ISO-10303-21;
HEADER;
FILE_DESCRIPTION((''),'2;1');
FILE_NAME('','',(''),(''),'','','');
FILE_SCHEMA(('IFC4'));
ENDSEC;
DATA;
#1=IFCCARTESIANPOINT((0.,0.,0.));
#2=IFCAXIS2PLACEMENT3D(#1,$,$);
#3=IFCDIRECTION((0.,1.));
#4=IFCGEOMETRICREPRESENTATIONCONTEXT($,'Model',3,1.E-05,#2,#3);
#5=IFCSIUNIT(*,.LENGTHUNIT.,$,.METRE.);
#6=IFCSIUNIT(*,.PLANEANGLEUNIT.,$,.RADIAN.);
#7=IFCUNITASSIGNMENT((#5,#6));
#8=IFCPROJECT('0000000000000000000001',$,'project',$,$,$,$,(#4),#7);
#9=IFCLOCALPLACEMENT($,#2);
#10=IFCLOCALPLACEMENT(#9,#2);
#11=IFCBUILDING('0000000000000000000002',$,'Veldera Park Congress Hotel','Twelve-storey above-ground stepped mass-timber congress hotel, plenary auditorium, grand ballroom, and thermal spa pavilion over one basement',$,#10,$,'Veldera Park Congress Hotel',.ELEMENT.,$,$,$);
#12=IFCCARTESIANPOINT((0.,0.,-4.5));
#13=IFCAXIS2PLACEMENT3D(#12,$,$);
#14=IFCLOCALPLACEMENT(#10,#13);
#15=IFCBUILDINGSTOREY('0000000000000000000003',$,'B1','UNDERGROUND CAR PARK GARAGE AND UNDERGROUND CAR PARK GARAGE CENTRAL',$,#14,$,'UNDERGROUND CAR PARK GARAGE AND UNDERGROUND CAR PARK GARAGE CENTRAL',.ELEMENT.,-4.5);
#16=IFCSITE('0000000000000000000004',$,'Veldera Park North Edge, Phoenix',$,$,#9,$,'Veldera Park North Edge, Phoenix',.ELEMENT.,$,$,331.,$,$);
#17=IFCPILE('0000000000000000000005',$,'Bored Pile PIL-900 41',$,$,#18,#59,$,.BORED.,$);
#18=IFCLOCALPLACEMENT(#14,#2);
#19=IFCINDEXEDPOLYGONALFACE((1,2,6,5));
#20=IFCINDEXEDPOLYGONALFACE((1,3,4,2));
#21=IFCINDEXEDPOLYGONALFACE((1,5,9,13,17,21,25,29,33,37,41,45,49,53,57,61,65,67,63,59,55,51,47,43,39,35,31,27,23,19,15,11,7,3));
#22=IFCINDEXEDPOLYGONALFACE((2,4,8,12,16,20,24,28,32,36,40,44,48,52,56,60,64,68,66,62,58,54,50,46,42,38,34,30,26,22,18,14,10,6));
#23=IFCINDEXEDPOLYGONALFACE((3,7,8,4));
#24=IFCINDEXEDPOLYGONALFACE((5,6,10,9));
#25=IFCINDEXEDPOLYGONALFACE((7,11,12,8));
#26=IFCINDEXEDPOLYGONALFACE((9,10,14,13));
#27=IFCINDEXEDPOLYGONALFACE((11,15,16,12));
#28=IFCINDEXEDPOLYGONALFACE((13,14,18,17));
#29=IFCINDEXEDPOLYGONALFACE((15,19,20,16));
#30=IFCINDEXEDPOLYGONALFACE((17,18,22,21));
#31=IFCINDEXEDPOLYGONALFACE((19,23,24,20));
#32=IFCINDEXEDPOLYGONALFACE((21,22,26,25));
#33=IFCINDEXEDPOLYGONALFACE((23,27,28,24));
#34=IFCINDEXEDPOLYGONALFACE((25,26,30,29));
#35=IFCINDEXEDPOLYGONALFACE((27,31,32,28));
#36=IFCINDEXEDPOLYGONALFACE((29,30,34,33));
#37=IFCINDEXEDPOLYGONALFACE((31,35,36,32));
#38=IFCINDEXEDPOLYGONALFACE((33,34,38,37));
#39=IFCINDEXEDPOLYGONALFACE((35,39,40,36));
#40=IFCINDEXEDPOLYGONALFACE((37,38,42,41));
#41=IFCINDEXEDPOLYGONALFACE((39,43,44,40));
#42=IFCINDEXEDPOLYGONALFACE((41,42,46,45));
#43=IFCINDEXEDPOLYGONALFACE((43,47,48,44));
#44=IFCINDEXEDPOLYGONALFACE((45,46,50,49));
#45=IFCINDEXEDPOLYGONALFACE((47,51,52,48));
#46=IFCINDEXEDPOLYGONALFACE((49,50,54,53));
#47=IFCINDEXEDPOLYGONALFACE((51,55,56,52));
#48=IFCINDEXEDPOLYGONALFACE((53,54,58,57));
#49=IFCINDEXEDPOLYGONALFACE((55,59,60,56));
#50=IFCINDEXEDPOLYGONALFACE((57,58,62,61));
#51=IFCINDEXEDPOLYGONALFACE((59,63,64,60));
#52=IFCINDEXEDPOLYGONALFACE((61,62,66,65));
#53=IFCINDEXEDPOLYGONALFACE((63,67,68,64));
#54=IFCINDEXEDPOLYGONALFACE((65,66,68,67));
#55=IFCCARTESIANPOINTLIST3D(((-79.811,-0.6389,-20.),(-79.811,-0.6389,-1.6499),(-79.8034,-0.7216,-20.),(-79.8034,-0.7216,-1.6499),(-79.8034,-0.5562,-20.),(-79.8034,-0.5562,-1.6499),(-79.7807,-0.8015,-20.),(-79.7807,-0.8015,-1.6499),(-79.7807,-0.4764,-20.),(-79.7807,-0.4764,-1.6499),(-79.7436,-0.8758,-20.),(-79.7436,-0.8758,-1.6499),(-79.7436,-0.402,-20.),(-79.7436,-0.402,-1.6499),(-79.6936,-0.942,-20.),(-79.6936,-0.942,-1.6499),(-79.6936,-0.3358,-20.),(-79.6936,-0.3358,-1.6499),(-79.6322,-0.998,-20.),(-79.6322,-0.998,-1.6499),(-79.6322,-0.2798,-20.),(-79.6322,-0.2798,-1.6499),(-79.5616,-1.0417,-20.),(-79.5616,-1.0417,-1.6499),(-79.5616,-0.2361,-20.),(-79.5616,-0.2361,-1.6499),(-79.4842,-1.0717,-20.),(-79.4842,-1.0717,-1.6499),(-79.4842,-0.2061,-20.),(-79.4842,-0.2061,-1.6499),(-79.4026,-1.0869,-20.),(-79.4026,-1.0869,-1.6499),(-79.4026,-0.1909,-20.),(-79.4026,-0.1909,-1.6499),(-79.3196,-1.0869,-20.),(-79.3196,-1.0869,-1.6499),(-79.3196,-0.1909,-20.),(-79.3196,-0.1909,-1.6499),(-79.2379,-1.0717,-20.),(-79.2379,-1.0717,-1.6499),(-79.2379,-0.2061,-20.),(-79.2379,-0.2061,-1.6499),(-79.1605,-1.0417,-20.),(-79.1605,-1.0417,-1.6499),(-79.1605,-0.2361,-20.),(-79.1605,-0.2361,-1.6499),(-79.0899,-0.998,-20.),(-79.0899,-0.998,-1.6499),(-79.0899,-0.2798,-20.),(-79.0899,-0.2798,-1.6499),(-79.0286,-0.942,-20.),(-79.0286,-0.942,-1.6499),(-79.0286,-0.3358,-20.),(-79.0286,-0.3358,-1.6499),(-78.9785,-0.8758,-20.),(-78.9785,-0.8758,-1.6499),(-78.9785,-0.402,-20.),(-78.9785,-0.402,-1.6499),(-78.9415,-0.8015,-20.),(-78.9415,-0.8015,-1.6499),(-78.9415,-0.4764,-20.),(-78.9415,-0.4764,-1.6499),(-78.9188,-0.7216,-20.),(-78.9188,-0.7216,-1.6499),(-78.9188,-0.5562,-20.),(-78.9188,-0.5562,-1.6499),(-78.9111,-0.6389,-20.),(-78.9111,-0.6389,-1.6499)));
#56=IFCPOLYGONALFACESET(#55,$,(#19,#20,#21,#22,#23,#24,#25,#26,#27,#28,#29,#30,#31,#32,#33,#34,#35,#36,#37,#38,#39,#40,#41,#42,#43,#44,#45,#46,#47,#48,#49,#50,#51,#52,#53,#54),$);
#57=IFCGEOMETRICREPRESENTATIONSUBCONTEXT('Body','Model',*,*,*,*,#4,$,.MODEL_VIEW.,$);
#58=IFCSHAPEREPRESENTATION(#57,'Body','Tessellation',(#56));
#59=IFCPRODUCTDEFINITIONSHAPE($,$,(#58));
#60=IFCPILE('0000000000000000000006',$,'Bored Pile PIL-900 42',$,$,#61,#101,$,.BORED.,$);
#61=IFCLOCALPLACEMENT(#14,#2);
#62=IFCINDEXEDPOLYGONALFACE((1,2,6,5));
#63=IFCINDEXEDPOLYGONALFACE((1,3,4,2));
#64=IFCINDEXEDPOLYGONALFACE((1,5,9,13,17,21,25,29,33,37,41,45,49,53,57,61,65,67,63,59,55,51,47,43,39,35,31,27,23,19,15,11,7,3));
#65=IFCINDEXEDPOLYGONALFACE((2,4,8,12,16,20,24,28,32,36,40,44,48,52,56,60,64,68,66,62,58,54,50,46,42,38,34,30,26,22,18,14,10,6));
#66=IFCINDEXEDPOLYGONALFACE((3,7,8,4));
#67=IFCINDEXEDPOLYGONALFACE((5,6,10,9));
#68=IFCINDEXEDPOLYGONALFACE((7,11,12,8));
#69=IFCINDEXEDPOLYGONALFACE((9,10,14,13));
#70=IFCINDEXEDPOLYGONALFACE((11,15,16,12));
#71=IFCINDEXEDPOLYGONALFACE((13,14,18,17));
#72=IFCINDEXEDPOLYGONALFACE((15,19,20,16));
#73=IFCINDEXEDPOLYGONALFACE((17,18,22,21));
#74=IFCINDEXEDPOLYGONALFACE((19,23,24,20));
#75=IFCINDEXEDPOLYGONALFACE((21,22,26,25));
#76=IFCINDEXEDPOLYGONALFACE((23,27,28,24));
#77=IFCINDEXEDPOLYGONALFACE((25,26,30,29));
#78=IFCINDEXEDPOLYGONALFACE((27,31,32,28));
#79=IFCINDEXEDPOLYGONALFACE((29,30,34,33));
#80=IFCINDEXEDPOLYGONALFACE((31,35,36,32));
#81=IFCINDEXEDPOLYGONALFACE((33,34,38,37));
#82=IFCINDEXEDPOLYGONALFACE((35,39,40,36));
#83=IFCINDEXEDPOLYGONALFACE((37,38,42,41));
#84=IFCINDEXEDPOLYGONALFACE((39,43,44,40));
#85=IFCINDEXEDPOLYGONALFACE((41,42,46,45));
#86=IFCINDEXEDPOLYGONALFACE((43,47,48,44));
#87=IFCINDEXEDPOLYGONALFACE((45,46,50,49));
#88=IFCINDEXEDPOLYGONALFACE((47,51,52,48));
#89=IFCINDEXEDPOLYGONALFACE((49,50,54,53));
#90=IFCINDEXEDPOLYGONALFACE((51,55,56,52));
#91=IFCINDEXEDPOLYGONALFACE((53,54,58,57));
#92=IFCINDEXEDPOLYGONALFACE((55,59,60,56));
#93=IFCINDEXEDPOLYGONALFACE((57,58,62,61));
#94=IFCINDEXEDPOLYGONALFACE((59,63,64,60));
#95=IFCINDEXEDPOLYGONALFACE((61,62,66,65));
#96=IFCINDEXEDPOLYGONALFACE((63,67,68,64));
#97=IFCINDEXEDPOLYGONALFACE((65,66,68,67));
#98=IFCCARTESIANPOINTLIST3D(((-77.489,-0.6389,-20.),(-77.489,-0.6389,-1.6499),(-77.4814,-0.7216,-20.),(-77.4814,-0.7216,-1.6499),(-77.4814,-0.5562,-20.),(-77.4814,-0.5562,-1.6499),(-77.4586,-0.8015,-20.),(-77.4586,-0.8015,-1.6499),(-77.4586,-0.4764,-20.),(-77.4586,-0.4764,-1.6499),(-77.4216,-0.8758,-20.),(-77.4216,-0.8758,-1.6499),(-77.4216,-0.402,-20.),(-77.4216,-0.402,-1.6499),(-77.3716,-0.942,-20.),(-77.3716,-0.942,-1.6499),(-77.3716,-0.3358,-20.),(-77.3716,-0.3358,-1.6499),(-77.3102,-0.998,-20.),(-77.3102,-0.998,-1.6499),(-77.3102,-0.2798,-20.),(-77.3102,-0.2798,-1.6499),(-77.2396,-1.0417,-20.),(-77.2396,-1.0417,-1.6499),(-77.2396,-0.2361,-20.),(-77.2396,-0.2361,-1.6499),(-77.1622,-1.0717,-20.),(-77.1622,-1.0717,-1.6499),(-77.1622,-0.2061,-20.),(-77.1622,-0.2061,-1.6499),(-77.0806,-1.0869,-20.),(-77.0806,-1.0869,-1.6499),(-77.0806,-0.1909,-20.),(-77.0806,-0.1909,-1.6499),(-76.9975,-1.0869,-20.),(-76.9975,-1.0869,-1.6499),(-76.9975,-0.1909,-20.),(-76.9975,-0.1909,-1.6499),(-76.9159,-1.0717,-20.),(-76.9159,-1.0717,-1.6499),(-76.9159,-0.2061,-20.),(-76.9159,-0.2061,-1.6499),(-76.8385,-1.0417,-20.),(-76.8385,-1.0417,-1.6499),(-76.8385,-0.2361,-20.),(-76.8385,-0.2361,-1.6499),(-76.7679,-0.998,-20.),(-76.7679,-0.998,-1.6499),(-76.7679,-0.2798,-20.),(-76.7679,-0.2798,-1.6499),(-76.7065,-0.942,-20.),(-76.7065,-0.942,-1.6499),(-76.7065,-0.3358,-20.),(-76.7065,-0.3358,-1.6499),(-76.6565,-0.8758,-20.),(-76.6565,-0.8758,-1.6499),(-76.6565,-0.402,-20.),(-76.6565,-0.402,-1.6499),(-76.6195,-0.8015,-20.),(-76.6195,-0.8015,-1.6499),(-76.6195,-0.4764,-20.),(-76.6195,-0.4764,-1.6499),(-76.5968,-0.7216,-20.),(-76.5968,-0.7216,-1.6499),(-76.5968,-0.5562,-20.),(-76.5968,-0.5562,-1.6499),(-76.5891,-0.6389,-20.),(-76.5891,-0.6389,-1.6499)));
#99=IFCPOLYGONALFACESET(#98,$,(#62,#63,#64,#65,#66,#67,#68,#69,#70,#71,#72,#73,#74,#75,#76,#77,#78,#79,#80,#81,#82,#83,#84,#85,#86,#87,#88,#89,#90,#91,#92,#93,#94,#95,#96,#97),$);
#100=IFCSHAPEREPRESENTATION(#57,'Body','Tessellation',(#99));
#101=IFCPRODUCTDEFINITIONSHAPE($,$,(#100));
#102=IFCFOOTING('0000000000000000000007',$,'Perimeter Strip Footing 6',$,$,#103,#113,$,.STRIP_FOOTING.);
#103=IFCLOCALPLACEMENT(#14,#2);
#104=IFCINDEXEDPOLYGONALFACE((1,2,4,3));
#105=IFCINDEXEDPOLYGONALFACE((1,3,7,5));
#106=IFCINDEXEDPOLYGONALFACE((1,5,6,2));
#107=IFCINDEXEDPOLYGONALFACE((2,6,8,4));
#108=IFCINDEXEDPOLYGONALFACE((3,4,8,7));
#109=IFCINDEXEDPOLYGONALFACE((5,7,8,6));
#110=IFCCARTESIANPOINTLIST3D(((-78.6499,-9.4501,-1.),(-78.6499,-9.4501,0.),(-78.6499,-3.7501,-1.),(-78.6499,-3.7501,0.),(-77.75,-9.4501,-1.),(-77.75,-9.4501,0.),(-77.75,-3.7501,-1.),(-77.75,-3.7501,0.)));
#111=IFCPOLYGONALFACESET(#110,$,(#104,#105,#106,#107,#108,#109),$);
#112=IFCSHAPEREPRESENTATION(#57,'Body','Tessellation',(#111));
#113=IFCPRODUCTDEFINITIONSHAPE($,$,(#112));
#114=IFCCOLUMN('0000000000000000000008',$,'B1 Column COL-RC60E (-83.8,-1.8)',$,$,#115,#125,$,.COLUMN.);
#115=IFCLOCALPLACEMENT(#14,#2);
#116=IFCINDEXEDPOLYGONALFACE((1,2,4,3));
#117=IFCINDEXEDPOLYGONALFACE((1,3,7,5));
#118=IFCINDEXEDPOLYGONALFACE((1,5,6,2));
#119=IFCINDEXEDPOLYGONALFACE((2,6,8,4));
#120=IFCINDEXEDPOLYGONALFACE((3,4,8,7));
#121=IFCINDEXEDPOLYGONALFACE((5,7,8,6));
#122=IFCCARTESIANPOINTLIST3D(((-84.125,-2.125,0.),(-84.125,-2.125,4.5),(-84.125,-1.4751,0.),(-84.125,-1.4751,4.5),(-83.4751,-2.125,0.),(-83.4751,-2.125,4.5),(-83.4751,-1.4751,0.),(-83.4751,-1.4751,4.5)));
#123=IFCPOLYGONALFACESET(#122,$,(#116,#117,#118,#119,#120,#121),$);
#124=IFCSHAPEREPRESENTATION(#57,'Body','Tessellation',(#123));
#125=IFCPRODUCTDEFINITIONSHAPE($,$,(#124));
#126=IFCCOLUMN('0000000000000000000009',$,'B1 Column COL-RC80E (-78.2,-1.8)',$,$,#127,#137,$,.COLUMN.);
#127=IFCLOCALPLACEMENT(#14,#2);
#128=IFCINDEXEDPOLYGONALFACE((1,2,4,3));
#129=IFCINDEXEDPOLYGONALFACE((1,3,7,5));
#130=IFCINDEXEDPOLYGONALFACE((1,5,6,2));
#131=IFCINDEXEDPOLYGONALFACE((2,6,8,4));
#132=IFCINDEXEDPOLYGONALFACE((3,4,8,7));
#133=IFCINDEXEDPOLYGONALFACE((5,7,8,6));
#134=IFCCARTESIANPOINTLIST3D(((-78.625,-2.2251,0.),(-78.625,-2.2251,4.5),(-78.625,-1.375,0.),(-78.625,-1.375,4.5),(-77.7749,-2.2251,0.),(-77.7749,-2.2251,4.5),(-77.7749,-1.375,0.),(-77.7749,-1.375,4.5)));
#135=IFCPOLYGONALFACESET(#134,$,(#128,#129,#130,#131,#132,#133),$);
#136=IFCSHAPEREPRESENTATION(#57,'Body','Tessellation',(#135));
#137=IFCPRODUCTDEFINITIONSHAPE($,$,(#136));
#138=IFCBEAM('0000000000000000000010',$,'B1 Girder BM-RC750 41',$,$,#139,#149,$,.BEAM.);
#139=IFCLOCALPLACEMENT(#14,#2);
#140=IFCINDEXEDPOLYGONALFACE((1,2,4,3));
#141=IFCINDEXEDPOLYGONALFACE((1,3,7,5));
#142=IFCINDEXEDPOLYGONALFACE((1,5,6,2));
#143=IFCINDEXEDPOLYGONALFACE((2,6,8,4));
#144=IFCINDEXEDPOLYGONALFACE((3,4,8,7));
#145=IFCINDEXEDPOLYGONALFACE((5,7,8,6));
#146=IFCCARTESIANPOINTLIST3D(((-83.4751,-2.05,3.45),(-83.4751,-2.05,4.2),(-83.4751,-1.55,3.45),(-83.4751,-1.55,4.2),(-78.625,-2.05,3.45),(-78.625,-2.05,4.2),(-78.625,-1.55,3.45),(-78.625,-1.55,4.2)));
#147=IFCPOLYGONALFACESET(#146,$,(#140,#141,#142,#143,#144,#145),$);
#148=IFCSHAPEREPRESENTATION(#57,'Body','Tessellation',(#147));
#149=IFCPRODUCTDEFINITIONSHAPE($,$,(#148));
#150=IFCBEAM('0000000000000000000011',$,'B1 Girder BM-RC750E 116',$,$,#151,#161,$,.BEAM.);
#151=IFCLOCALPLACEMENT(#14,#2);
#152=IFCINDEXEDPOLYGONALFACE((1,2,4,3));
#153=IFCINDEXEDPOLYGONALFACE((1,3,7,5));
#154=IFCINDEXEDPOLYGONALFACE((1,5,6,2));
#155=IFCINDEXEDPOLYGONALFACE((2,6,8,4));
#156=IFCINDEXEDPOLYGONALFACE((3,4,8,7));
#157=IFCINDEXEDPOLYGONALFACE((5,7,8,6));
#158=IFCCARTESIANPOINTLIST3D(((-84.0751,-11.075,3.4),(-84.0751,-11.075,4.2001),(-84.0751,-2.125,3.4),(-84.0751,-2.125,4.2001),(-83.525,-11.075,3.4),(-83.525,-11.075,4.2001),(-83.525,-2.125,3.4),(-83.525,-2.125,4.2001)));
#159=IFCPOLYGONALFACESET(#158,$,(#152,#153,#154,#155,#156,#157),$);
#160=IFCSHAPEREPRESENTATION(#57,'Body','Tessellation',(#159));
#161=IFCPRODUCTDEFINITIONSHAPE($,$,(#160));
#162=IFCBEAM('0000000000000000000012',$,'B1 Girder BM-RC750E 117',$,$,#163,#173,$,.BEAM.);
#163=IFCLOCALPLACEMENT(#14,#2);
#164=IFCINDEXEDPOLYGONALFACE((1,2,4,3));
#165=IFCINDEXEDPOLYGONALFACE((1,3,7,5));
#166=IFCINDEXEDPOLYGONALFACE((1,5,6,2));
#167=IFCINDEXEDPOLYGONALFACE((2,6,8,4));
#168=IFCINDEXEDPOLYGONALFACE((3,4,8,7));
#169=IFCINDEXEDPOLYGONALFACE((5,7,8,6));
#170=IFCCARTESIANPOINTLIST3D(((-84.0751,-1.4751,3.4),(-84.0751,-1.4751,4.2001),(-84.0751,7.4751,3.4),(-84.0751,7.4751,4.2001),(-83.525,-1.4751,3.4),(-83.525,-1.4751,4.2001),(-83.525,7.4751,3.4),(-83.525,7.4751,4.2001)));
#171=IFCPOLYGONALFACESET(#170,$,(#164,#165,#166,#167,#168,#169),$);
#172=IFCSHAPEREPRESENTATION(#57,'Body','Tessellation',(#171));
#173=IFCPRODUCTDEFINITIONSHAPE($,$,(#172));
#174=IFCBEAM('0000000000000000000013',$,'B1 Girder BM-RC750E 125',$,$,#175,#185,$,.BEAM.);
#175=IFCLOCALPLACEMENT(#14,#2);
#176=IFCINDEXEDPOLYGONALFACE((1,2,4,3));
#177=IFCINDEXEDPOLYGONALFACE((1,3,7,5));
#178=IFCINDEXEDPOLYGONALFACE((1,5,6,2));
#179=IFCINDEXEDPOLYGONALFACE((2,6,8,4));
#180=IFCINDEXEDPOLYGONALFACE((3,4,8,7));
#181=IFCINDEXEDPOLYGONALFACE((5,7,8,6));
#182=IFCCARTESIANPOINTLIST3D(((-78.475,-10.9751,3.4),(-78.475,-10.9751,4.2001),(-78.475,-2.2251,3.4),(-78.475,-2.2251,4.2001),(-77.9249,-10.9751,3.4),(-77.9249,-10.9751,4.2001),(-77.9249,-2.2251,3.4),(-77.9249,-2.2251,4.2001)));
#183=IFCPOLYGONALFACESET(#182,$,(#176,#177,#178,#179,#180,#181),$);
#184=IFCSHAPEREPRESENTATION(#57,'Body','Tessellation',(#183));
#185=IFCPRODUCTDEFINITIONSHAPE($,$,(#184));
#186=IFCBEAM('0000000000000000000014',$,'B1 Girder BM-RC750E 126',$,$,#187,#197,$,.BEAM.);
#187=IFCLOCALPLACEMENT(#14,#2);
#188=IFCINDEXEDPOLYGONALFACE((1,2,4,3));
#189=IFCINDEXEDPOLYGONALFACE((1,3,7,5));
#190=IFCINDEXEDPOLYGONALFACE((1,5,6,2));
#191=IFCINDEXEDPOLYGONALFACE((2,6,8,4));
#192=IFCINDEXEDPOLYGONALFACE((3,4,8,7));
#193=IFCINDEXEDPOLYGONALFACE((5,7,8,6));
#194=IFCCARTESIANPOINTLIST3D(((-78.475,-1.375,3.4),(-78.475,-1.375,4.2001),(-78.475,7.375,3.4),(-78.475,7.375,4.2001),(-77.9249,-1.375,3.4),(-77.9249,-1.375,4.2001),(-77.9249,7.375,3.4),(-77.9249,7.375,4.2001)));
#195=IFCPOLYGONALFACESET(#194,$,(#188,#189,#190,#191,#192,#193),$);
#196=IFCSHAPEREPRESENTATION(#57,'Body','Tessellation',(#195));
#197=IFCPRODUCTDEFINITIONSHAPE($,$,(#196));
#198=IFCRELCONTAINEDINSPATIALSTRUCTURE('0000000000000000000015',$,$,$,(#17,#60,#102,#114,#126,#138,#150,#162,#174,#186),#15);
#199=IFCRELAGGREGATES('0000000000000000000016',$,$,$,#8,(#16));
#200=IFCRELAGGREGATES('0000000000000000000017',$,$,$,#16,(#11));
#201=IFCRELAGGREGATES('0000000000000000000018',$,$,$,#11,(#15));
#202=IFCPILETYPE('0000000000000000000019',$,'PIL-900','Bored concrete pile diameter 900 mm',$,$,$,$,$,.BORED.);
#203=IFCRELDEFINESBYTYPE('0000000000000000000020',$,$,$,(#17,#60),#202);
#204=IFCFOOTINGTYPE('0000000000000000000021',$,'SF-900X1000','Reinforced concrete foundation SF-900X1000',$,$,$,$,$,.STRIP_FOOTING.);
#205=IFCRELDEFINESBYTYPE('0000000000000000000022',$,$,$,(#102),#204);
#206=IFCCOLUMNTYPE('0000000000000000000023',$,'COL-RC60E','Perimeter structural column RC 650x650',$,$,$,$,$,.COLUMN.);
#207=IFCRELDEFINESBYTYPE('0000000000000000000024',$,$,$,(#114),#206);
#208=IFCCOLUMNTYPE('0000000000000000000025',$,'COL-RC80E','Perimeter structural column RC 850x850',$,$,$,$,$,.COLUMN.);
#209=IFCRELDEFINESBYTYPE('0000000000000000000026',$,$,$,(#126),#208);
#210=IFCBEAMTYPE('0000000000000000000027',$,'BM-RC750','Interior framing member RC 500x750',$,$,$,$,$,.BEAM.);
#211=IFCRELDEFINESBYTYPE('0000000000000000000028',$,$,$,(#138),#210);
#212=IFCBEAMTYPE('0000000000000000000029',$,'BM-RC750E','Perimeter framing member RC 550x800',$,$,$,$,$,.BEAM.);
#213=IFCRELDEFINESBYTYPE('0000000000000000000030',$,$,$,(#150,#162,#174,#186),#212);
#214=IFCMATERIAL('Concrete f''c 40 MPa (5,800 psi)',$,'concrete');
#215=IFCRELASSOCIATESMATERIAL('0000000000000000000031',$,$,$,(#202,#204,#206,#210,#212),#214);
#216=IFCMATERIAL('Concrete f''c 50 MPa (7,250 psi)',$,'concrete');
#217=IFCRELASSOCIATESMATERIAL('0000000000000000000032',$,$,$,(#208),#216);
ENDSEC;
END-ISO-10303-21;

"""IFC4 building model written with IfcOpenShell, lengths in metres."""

from ifc_helpers import new_model, si_unit, direction, frame, origin, origin_2d, place, context, subcontext, project, spatial, rectangle, circle, extrude, material, material_profile, profile_set, type_object, element, save


model = new_model("IFC4")

# Units and contexts
model_context = context("Model", 3, precision=1e-05, world=origin(), true_north=direction((0.0, 1.0)))
body_context = subcontext(model_context, "Body", "Model", "MODEL_VIEW")
ifc_project = project(units=[si_unit("LENGTHUNIT", "METRE"), si_unit("PLANEANGLEUNIT", "RADIAN")], contexts=[model_context])

# Site, building, storey
site_placement = place(None, origin())
site = spatial("IfcSite", under=ifc_project, at=site_placement, Name="Veldera Park North Edge, Phoenix", LongName="Veldera Park North Edge, Phoenix", CompositionType="ELEMENT", RefElevation=331.0)
building_placement = place(site_placement, origin())
building = spatial("IfcBuilding", under=site, at=building_placement, Name="Veldera Park Congress Hotel", Description="Twelve-storey above-ground stepped mass-timber congress hotel, plenary auditorium, grand ballroom, and thermal spa pavilion over one basement", LongName="Veldera Park Congress Hotel", CompositionType="ELEMENT")
storey_placement = place(building_placement, frame((0.0, 0.0, -4.5)))
storey = spatial("IfcBuildingStorey", under=building, at=storey_placement, Name="B1", Description="UNDERGROUND CAR PARK GARAGE AND UNDERGROUND CAR PARK GARAGE CENTRAL", LongName="UNDERGROUND CAR PARK GARAGE AND UNDERGROUND CAR PARK GARAGE CENTRAL", CompositionType="ELEMENT", Elevation=-4.5)

# Shared definitions
ifc_material_1 = material(Name="Concrete f'c 40 MPa (5,800 psi)", Category="concrete")

# Piles
ifc_material_profile_1 = material_profile(ifc_material_1, circle(Radius=0.45, at=origin_2d()), Name="PILE D900")
ifc_profile_set_1 = profile_set([ifc_material_profile_1], Name="Concrete f'c 40 MPa (5,800 psi)")
pile_type_1 = type_object("IfcPileType", Name="PIL-900", Description="Bored concrete pile diameter 900 mm", PredefinedType="BORED", material=ifc_profile_set_1)
for number, where, z_axis, x_axis, name in (
    (1, (-79.3611, -0.6389, -1.6499), (0.0, 0.0, -1.0), (1.0, 0.0, 0.0), "Bored Pile PIL-900 41"),
    (2, (-77.0391, -0.6389, -1.6499), (0.0, 0.0, -1.0), (1.0, 0.0, 0.0), "Bored Pile PIL-900 42"),
):
    element("IfcPile", number, at=place(storey_placement, frame(where, z_axis=z_axis, x_axis=x_axis)), inside=storey, type_object=pile_type_1, Name=name, PredefinedType="BORED", context=body_context, shape_type="SweptSolid", body=[
        extrude(circle(Radius=0.45, at=origin_2d()), origin(), (0.0, 0.0, 1.0), 18.3501),
    ])

# Footing
footing_type_1 = type_object("IfcFootingType", Name="SF-900X1000", Description="Reinforced concrete foundation SF-900X1000", PredefinedType="STRIP_FOOTING", material=ifc_material_1)
footing_1_placement = place(storey_placement, frame((-78.2, -6.6001, -1.0), z_axis=(0.0, 0.0, 1.0), x_axis=(0.0, 1.0, 0.0)))
element("IfcFooting", 3, at=footing_1_placement, inside=storey, type_object=footing_type_1, Name="Perimeter Strip Footing 6", PredefinedType="STRIP_FOOTING", context=body_context, shape_type="SweptSolid", body=[
    extrude(rectangle(XDim=5.7, YDim=0.8999, at=origin_2d()), origin(), (0.0, 0.0, 1.0), 1.0),
])

# Columns
ifc_material_profile_2 = material_profile(ifc_material_1, rectangle(XDim=0.6499, YDim=0.6499, at=origin_2d()), Name="RC 650x650")
ifc_profile_set_2 = profile_set([ifc_material_profile_2], Name="Concrete f'c 40 MPa (5,800 psi)")
column_type_1 = type_object("IfcColumnType", Name="COL-RC60E", Description="Perimeter structural column RC 650x650", PredefinedType="COLUMN", material=ifc_profile_set_2)
column_1_placement = place(storey_placement, frame((-83.8, -1.8, 0.0), z_axis=(0.0, 0.0, 1.0), x_axis=(1.0, 0.0, 0.0)))
element("IfcColumn", 4, at=column_1_placement, inside=storey, type_object=column_type_1, Name="B1 Column COL-RC60E (-83.8,-1.8)", PredefinedType="COLUMN", context=body_context, shape_type="SweptSolid", body=[
    extrude(rectangle(XDim=0.6499, YDim=0.6499, at=origin_2d()), origin(), (0.0, 0.0, 1.0), 4.5),
])
ifc_material_2 = material(Name="Concrete f'c 50 MPa (7,250 psi)", Category="concrete")
ifc_material_profile_3 = material_profile(ifc_material_2, rectangle(XDim=0.8501, YDim=0.8501, at=origin_2d()), Name="RC 850x850")
ifc_profile_set_3 = profile_set([ifc_material_profile_3], Name="Concrete f'c 50 MPa (7,250 psi)")
column_type_2 = type_object("IfcColumnType", Name="COL-RC80E", Description="Perimeter structural column RC 850x850", PredefinedType="COLUMN", material=ifc_profile_set_3)
column_2_placement = place(storey_placement, frame((-78.2, -1.8, 0.0), z_axis=(0.0, 0.0, 1.0), x_axis=(1.0, 0.0, 0.0)))
element("IfcColumn", 5, at=column_2_placement, inside=storey, type_object=column_type_2, Name="B1 Column COL-RC80E (-78.2,-1.8)", PredefinedType="COLUMN", context=body_context, shape_type="SweptSolid", body=[
    extrude(rectangle(XDim=0.8501, YDim=0.8501, at=origin_2d()), origin(), (0.0, 0.0, 1.0), 4.5),
])

# Beams
ifc_material_profile_4 = material_profile(ifc_material_1, rectangle(XDim=0.5, YDim=0.75, at=origin_2d()), Name="RC 500x750")
ifc_profile_set_4 = profile_set([ifc_material_profile_4], Name="Concrete f'c 40 MPa (5,800 psi)")
beam_type_1 = type_object("IfcBeamType", Name="BM-RC750", Description="Interior framing member RC 500x750", PredefinedType="BEAM", material=ifc_profile_set_4)
beam_1_placement = place(storey_placement, frame((-83.4751, -1.8, 3.825), z_axis=(1.0, 0.0, 0.0), x_axis=(0.0, 1.0, 0.0)))
element("IfcBeam", 6, at=beam_1_placement, inside=storey, type_object=beam_type_1, Name="B1 Girder BM-RC750 41", PredefinedType="BEAM", context=body_context, shape_type="SweptSolid", body=[
    extrude(rectangle(XDim=0.5, YDim=0.75, at=origin_2d()), origin(), (0.0, 0.0, 1.0), 4.8501),
])
ifc_material_profile_5 = material_profile(ifc_material_1, rectangle(XDim=0.55, YDim=0.8, at=origin_2d()), Name="RC 550x800")
ifc_profile_set_5 = profile_set([ifc_material_profile_5], Name="Concrete f'c 40 MPa (5,800 psi)")
beam_type_2 = type_object("IfcBeamType", Name="BM-RC750E", Description="Perimeter framing member RC 550x800", PredefinedType="BEAM", material=ifc_profile_set_5)
beam_2_placement = place(storey_placement, frame((-83.8, -11.075, 3.8), z_axis=(0.0, 1.0, 0.0), x_axis=(-1.0, 0.0, 0.0)))
element("IfcBeam", 7, at=beam_2_placement, inside=storey, type_object=beam_type_2, Name="B1 Girder BM-RC750E 116", PredefinedType="BEAM", context=body_context, shape_type="SweptSolid", body=[
    extrude(rectangle(XDim=0.55, YDim=0.8, at=origin_2d()), origin(), (0.0, 0.0, 1.0), 8.95),
])
beam_3_placement = place(storey_placement, frame((-83.8, -1.4751, 3.8), z_axis=(0.0, 1.0, 0.0), x_axis=(-1.0, 0.0, 0.0)))
element("IfcBeam", 8, at=beam_3_placement, inside=storey, type_object=beam_type_2, Name="B1 Girder BM-RC750E 117", PredefinedType="BEAM", context=body_context, shape_type="SweptSolid", body=[
    extrude(rectangle(XDim=0.55, YDim=0.8, at=origin_2d()), origin(), (0.0, 0.0, 1.0), 8.9502),
])
for number, where, z_axis, x_axis, name in (
    (9, (-78.2, -10.9751, 3.8), (0.0, 1.0, 0.0), (-1.0, 0.0, 0.0), "B1 Girder BM-RC750E 125"),
    (10, (-78.2, -1.375, 3.8), (0.0, 1.0, 0.0), (-1.0, 0.0, 0.0), "B1 Girder BM-RC750E 126"),
):
    element("IfcBeam", number, at=place(storey_placement, frame(where, z_axis=z_axis, x_axis=x_axis)), inside=storey, type_object=beam_type_2, Name=name, PredefinedType="BEAM", context=body_context, shape_type="SweptSolid", body=[
        extrude(rectangle(XDim=0.55, YDim=0.8, at=origin_2d()), origin(), (0.0, 0.0, 1.0), 8.75),
    ])

save(model, "model.ifc")
